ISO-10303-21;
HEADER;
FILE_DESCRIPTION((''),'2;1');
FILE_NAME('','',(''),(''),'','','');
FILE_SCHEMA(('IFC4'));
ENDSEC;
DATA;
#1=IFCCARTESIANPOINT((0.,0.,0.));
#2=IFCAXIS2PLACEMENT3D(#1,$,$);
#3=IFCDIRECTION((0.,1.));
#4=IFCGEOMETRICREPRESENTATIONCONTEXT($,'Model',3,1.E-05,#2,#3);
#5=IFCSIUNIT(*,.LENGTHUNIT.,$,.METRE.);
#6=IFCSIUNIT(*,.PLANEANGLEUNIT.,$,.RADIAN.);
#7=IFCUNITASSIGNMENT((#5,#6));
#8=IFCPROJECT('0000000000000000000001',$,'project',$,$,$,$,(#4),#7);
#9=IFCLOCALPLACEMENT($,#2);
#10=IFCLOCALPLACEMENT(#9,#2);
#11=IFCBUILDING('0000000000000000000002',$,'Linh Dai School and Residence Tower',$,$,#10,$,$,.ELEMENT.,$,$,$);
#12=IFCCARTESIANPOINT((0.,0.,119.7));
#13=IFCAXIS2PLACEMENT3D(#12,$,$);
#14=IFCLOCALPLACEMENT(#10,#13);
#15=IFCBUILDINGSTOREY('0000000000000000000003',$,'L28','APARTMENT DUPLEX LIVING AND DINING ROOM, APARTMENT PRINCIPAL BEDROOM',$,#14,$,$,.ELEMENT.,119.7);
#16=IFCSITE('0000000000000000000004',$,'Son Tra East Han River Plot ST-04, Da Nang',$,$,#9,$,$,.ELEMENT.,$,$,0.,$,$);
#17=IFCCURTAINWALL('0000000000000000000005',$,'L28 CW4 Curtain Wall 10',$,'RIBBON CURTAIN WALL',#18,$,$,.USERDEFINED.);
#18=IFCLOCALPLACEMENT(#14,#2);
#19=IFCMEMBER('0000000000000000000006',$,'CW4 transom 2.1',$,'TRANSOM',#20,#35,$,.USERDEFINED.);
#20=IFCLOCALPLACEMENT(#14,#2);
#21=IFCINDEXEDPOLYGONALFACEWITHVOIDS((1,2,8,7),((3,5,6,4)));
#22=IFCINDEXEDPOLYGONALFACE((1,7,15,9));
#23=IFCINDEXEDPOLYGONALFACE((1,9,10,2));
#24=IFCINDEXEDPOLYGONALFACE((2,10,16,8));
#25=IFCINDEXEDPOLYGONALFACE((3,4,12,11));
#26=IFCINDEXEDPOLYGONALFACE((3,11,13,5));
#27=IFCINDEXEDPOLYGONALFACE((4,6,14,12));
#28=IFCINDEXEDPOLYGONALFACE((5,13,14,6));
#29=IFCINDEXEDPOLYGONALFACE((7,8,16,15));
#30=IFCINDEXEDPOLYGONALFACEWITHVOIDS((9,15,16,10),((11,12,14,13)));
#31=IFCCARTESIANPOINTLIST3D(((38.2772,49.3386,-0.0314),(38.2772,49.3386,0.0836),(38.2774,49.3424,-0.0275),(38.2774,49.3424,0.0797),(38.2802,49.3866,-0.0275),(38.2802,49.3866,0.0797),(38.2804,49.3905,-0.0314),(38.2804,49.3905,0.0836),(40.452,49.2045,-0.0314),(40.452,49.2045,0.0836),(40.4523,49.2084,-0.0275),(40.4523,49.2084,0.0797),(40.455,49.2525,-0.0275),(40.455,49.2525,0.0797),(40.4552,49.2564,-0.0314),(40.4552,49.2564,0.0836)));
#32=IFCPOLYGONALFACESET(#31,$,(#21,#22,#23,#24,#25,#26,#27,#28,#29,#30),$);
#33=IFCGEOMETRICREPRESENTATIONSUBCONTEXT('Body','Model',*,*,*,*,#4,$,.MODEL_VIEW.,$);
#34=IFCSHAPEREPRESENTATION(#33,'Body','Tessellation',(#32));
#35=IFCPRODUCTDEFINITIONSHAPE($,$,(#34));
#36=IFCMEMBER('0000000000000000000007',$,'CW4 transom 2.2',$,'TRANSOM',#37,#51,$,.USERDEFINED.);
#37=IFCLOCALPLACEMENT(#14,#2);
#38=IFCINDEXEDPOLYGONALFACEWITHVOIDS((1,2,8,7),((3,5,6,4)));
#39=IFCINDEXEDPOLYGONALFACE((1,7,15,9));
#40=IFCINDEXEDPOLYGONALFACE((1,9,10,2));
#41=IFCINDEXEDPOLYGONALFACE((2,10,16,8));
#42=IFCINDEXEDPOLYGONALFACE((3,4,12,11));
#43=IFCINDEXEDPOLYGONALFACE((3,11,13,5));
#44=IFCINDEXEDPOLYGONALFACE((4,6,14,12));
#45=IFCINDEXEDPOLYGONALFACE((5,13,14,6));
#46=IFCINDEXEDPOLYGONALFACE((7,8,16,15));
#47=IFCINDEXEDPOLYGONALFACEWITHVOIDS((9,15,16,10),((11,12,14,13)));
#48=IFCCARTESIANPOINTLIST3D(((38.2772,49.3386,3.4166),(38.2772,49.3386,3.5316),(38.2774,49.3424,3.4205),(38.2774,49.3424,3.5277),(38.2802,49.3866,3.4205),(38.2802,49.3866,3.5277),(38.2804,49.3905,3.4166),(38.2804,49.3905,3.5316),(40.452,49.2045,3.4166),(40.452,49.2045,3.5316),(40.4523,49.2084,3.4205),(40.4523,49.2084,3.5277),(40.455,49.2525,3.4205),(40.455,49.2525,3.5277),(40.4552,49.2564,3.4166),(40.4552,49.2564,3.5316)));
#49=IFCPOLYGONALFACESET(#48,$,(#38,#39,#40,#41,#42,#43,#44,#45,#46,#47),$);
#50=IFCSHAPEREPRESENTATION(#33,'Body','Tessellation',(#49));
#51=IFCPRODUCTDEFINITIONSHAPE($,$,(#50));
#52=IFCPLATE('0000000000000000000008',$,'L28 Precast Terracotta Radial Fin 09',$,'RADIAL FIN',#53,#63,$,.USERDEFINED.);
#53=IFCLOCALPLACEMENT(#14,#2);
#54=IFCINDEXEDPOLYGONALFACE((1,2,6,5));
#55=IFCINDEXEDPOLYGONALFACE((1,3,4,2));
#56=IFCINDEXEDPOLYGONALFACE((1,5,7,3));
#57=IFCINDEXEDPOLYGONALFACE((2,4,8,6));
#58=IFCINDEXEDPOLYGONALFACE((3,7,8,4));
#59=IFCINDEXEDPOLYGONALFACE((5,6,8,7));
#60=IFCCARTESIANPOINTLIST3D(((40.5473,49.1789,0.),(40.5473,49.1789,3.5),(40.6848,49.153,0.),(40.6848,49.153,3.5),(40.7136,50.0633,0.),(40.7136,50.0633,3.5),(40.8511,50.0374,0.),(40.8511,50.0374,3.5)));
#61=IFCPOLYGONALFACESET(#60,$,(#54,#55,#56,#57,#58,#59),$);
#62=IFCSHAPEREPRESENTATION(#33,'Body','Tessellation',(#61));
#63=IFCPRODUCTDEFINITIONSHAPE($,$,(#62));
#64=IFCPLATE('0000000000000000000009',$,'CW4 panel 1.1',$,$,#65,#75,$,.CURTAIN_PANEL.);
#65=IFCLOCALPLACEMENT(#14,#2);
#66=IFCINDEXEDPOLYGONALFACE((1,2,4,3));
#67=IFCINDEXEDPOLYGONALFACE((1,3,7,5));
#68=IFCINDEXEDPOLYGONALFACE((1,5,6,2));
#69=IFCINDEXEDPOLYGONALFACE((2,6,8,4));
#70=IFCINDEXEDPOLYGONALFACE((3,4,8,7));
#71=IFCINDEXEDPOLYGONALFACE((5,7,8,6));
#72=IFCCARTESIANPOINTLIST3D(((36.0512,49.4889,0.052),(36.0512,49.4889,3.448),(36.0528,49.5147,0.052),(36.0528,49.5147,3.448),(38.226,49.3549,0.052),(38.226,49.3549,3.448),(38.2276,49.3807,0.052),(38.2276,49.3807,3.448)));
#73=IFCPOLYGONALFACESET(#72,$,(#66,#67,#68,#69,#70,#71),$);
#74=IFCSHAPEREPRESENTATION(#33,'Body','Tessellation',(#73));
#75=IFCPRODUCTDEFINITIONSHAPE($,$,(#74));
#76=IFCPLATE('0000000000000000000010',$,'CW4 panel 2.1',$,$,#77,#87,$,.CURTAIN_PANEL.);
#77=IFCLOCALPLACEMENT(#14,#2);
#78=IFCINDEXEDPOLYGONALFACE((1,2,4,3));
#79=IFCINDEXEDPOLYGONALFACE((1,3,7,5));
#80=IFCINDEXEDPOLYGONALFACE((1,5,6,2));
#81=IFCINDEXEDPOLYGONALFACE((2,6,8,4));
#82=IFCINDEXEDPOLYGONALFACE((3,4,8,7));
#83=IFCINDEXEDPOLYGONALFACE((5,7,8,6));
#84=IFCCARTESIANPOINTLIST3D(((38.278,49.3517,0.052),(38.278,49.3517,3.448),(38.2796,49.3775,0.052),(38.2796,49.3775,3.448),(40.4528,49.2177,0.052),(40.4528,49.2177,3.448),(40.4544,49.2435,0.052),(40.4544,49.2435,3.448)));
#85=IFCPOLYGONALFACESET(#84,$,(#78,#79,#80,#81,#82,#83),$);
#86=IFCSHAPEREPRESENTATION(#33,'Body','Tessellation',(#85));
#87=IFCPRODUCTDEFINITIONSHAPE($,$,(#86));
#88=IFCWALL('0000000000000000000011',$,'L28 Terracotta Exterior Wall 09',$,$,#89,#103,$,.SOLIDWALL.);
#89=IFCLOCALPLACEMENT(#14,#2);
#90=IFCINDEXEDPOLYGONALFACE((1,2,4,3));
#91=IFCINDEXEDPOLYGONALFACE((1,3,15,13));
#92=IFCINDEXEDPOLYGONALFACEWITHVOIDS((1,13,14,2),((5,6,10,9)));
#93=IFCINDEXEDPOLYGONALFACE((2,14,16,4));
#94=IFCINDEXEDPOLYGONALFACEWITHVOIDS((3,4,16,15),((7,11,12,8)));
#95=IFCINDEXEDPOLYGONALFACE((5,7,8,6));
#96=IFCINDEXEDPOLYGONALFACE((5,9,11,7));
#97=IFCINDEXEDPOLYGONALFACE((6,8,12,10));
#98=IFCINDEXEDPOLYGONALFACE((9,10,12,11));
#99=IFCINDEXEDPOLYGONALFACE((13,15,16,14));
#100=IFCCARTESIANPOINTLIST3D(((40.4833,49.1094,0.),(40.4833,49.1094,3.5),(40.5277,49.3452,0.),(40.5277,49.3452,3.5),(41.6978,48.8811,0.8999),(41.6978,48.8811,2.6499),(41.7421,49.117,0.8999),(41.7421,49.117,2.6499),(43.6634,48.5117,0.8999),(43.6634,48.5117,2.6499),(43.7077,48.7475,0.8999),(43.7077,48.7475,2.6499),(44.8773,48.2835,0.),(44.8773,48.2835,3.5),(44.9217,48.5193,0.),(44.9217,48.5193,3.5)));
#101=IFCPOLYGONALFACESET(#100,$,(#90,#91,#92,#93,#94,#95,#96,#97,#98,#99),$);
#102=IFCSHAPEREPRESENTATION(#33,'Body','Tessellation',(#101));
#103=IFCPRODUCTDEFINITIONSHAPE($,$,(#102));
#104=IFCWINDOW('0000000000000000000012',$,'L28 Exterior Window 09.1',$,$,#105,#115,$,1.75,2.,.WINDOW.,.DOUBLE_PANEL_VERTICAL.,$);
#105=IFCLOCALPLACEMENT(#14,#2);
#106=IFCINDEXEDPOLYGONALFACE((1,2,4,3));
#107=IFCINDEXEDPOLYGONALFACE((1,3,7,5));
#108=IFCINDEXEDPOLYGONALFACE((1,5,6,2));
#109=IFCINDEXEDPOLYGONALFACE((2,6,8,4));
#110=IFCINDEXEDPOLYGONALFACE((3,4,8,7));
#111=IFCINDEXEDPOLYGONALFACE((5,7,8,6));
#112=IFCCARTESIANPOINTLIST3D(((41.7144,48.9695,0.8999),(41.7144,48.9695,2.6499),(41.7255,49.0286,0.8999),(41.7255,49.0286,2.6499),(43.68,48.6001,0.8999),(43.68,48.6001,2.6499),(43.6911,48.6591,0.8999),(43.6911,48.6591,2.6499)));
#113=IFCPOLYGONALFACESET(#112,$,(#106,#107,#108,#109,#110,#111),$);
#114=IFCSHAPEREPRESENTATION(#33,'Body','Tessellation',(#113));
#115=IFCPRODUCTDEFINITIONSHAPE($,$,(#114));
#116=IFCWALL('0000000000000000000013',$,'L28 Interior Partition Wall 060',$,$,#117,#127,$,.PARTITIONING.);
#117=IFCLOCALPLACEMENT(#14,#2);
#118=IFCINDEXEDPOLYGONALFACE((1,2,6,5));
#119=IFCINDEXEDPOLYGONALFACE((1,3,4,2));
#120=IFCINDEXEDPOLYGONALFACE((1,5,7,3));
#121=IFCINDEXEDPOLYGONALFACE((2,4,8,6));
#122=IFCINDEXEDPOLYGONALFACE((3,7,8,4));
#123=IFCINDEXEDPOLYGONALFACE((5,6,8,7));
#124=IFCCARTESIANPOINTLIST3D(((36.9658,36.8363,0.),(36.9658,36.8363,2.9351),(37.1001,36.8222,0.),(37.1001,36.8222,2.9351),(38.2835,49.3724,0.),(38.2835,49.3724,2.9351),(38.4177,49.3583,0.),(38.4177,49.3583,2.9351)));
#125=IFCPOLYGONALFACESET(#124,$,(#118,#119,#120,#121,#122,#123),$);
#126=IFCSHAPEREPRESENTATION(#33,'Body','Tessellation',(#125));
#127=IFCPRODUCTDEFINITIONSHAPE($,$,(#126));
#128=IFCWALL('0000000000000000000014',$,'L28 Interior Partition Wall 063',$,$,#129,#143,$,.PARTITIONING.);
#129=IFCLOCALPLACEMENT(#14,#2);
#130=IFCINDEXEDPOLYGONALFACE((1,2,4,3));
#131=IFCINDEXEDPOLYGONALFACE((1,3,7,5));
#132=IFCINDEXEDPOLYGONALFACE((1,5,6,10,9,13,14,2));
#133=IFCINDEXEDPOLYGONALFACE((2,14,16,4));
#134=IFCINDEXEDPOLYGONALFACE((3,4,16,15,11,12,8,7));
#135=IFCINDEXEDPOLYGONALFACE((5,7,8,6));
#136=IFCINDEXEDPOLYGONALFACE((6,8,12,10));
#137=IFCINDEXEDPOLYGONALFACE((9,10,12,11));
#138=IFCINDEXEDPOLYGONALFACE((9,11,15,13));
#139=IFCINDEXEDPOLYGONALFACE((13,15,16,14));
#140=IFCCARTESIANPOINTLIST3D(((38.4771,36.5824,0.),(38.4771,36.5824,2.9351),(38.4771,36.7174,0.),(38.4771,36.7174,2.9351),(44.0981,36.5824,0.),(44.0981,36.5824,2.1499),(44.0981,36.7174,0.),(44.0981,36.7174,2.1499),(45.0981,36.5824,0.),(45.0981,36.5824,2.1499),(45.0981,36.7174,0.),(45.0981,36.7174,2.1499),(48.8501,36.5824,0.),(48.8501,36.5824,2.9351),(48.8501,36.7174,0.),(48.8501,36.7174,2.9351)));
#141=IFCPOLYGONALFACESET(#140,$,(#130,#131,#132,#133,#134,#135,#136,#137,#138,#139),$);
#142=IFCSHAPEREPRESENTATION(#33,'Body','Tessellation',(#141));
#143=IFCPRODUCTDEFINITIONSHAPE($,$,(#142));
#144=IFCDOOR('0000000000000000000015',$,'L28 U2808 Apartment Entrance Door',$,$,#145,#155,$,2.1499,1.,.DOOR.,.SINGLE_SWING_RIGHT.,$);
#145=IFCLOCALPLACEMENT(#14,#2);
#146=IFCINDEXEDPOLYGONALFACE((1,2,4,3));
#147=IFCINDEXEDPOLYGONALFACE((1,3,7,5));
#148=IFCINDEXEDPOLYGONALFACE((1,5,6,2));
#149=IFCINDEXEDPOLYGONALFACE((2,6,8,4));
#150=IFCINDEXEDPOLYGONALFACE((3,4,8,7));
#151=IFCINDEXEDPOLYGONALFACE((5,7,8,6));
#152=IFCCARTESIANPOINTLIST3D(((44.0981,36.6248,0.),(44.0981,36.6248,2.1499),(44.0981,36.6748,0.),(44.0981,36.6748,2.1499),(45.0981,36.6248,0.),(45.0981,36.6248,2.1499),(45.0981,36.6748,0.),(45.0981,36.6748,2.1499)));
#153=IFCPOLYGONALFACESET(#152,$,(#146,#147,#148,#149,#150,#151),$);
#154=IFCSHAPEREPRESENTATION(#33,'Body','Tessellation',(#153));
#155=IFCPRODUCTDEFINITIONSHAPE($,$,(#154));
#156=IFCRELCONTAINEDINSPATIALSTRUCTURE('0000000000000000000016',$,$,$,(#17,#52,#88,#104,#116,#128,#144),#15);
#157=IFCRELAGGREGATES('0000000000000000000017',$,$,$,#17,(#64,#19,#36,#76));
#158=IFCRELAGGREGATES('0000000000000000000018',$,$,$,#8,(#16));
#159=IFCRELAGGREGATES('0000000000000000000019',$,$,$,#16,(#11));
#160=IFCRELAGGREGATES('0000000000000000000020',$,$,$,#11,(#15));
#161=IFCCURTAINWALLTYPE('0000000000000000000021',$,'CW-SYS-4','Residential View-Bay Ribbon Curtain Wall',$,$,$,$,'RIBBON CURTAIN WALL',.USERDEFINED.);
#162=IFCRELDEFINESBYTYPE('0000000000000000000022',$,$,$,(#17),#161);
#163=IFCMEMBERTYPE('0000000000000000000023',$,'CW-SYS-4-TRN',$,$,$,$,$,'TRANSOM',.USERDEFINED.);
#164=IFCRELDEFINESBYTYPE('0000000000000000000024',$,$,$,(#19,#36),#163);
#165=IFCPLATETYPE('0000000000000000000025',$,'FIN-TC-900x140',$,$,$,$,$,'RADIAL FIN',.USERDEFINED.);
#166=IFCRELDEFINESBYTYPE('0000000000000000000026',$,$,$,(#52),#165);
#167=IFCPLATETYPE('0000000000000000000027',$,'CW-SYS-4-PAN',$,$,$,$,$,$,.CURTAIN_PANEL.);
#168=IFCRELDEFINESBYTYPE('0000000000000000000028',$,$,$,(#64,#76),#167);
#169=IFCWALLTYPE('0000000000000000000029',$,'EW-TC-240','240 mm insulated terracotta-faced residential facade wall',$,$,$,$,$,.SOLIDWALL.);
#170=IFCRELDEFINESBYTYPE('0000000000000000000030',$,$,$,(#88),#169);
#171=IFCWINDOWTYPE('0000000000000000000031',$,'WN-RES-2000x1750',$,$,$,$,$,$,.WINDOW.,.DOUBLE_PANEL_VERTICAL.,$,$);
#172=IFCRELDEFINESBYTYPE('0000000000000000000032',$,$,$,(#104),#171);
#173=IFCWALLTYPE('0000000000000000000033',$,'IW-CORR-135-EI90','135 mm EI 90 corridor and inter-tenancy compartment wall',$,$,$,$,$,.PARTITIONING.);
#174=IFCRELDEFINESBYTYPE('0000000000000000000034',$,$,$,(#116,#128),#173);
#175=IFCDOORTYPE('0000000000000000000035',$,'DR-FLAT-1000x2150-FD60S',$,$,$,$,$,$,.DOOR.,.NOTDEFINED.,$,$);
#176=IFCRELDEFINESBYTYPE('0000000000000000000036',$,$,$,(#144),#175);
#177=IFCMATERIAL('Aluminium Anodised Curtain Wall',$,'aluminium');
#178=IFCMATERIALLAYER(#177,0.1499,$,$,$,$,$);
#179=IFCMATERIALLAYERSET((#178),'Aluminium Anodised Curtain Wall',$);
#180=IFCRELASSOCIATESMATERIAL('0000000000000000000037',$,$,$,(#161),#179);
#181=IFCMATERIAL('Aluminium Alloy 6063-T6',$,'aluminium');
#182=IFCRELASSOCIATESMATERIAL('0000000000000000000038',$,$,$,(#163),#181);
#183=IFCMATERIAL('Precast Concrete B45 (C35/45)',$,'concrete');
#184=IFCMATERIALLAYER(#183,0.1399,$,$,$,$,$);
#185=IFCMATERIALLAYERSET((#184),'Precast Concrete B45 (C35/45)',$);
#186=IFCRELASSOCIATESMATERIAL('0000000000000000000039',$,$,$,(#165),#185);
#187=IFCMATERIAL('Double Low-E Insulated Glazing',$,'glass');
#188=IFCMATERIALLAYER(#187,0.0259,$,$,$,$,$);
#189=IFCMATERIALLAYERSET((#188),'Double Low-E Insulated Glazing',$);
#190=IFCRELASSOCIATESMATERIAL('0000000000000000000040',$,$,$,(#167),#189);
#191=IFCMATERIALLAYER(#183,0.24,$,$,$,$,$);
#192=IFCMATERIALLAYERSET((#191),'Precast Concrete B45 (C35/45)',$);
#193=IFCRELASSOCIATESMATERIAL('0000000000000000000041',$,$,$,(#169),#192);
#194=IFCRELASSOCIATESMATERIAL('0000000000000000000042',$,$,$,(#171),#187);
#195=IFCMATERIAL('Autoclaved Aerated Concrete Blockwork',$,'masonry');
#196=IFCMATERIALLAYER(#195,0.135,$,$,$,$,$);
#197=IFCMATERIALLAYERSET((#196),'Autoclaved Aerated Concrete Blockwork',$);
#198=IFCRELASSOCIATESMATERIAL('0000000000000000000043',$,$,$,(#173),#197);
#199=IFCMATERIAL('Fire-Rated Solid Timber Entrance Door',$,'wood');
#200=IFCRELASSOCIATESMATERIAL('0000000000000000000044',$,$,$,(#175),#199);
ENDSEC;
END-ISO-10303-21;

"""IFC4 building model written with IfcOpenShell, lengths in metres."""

from ifc_helpers import new_model, si_unit, direction, frame, frame_2d, origin, origin_2d, place, context, subcontext, project, spatial, rectangle, hollow_rectangle, extrude, source, transform, mapped, material, layer, layer_set, material_profile, profile_set, type_object, element, fill, aggregate, save


model = new_model("IFC4")

# Units and contexts
model_context = context("Model", 3, precision=1e-05, world=origin(), true_north=direction((0.0, 1.0)))
body_context = subcontext(model_context, "Body", "Model", "MODEL_VIEW")
ifc_project = project(units=[si_unit("LENGTHUNIT", "METRE"), si_unit("PLANEANGLEUNIT", "RADIAN")], contexts=[model_context])

# Site, building, storey
site_placement = place(None, origin())
site = spatial("IfcSite", under=ifc_project, at=site_placement, Name="Son Tra East Han River Plot ST-04, Da Nang", CompositionType="ELEMENT", RefElevation=0.0)
building_placement = place(site_placement, origin())
building = spatial("IfcBuilding", under=site, at=building_placement, Name="Linh Dai School and Residence Tower", CompositionType="ELEMENT")
storey_placement = place(building_placement, frame((0.0, 0.0, 119.7)))
storey = spatial("IfcBuildingStorey", under=building, at=storey_placement, Name="L28", Description="APARTMENT DUPLEX LIVING AND DINING ROOM, APARTMENT PRINCIPAL BEDROOM", CompositionType="ELEMENT", Elevation=119.7)

# Curtain wall, members
ifc_material_1 = material(Name="Aluminium Anodised Curtain Wall", Category="aluminium")
ifc_layer_1 = layer(ifc_material_1, 0.1499)
ifc_layer_set_1 = layer_set([ifc_layer_1], Name="Aluminium Anodised Curtain Wall")
curtain_wall_type = type_object("IfcCurtainWallType", Name="CW-SYS-4", Description="Residential View-Bay Ribbon Curtain Wall", ElementType="RIBBON CURTAIN WALL", PredefinedType="USERDEFINED", material=ifc_layer_set_1)
curtain_wall_placement = place(storey_placement, origin())
curtain_wall = element("IfcCurtainWall", 1, at=curtain_wall_placement, inside=storey, type_object=curtain_wall_type, Name="L28 CW4 Curtain Wall 10", ObjectType="RIBBON CURTAIN WALL", PredefinedType="USERDEFINED")
ifc_material_2 = material(Name="Aluminium Alloy 6063-T6", Category="aluminium")
ifc_material_profile_1 = material_profile(ifc_material_2, hollow_rectangle(XDim=0.052, YDim=0.115, WallThickness=0.0039, at=origin_2d()), Name="RHS 115x52x4")
ifc_profile_set_1 = profile_set([ifc_material_profile_1], Name="Aluminium Alloy 6063-T6")
member_type_1 = type_object("IfcMemberType", Name="CW-SYS-4-TRN", ElementType="TRANSOM", PredefinedType="USERDEFINED", material=ifc_profile_set_1)
shared_shape_1 = source(origin(), body_context, "Body", "SweptSolid", [
    extrude(hollow_rectangle(XDim=0.052, YDim=0.115, WallThickness=0.0039, at=origin_2d()), origin(), (0.0, 0.0, 1.0), 2.179),
])
member_1_placement = place(storey_placement, frame((38.2788, 49.3645, 0.0261), z_axis=(0.998106, -0.061513, 0.0), x_axis=(0.061513, 0.998106, 0.0)))
member_1 = element("IfcMember", 2, at=member_1_placement, type_object=member_type_1, Name="CW4 transom 2.1", ObjectType="TRANSOM", PredefinedType="USERDEFINED", context=body_context, shape_type="MappedRepresentation", body=[
    mapped(shared_shape_1, transform((0.0, 0.0, 0.0), x_axis=(1.0, 0.0, 0.0), y_axis=(0.0, 1.0, 0.0), z_axis=(0.0, 0.0, 1.0), scale=1.0)),
])
member_2_placement = place(storey_placement, frame((38.2788, 49.3645, 3.4741), z_axis=(0.998106, -0.061513, 0.0), x_axis=(0.061513, 0.998106, 0.0)))
member_2 = element("IfcMember", 3, at=member_2_placement, type_object=member_type_1, Name="CW4 transom 2.2", ObjectType="TRANSOM", PredefinedType="USERDEFINED", context=body_context, shape_type="MappedRepresentation", body=[
    mapped(shared_shape_1, transform((0.0, 0.0, 0.0), x_axis=(1.0, 0.0, 0.0), y_axis=(0.0, 1.0, 0.0), z_axis=(0.0, 0.0, 1.0), scale=1.0)),
])

# Plates
ifc_material_3 = material(Name="Precast Concrete B45 (C35/45)", Category="concrete")
ifc_layer_2 = layer(ifc_material_3, 0.1399)
ifc_layer_set_2 = layer_set([ifc_layer_2], Name="Precast Concrete B45 (C35/45)")
plate_type_1 = type_object("IfcPlateType", Name="FIN-TC-900x140", ElementType="RADIAL FIN", PredefinedType="USERDEFINED", material=ifc_layer_set_2)
shared_shape_2 = source(origin(), body_context, "Body", "SweptSolid", [
    extrude(rectangle(XDim=0.8999, YDim=0.1399, at=origin_2d()), origin(), (0.0, 0.0, 1.0), 3.5),
])
plate_1_placement = place(storey_placement, frame((40.6992, 49.6082, 0.0), z_axis=(0.0, 0.0, 1.0), x_axis=(0.184755, 0.982785, 0.0)))
element("IfcPlate", 4, at=plate_1_placement, inside=storey, type_object=plate_type_1, Name="L28 Precast Terracotta Radial Fin 09", ObjectType="RADIAL FIN", PredefinedType="USERDEFINED", context=body_context, shape_type="MappedRepresentation", body=[
    mapped(shared_shape_2, transform((0.0, 0.0, 0.0), x_axis=(1.0, 0.0, 0.0), y_axis=(0.0, 1.0, 0.0), z_axis=(0.0, 0.0, 1.0), scale=1.0)),
])
ifc_material_4 = material(Name="Double Low-E Insulated Glazing", Category="glass")
ifc_layer_3 = layer(ifc_material_4, 0.0259)
ifc_layer_set_3 = layer_set([ifc_layer_3], Name="Double Low-E Insulated Glazing")
plate_type_2 = type_object("IfcPlateType", Name="CW-SYS-4-PAN", PredefinedType="CURTAIN_PANEL", material=ifc_layer_set_3)
shared_shape_3 = source(origin(), body_context, "Body", "SweptSolid", [
    extrude(rectangle(XDim=2.179, YDim=0.0259, at=origin_2d()), origin(), (0.0, 0.0, 1.0), 3.396),
])
plate_2_placement = place(storey_placement, frame((37.1394, 49.4348, 0.052), z_axis=(0.0, 0.0, 1.0), x_axis=(0.998107, -0.061509, 0.0)))
plate_2 = element("IfcPlate", 5, at=plate_2_placement, type_object=plate_type_2, Name="CW4 panel 1.1", PredefinedType="CURTAIN_PANEL", context=body_context, shape_type="MappedRepresentation", body=[
    mapped(shared_shape_3, transform((0.0, 0.0, 0.0), x_axis=(1.0, 0.0, 0.0), y_axis=(0.0, 1.0, 0.0), z_axis=(0.0, 0.0, 1.0), scale=1.0)),
])
plate_3_placement = place(storey_placement, frame((39.3662, 49.2976, 0.052), z_axis=(0.0, 0.0, 1.0), x_axis=(0.998107, -0.061509, 0.0)))
plate_3 = element("IfcPlate", 6, at=plate_3_placement, type_object=plate_type_2, Name="CW4 panel 2.1", PredefinedType="CURTAIN_PANEL", context=body_context, shape_type="MappedRepresentation", body=[
    mapped(shared_shape_3, transform((0.0, 0.0, 0.0), x_axis=(1.0, 0.0, 0.0), y_axis=(0.0, 1.0, 0.0), z_axis=(0.0, 0.0, 1.0), scale=1.0)),
])
aggregate(curtain_wall, [plate_2, member_1, member_2, plate_3])

# Wall, opening, window
ifc_layer_4 = layer(ifc_material_3, 0.24)
ifc_layer_set_4 = layer_set([ifc_layer_4], Name="Precast Concrete B45 (C35/45)")
wall_type_1 = type_object("IfcWallType", Name="EW-TC-240", Description="240 mm insulated terracotta-faced residential facade wall", PredefinedType="SOLIDWALL", material=ifc_layer_set_4)
wall_1_placement = place(storey_placement, frame((40.5056, 49.2273, 0.0), z_axis=(0.0, 0.0, 1.0), x_axis=(0.982789, -0.18473, 0.0)))
wall_1 = element("IfcWall", 7, at=wall_1_placement, inside=storey, type_object=wall_type_1, Name="L28 Terracotta Exterior Wall 09", PredefinedType="SOLIDWALL", context=body_context, shape_type="SweptSolid", body=[
    extrude(rectangle(XDim=4.4709, YDim=0.24, at=frame_2d((2.2354, 0.0))), origin(), (0.0, 0.0, 1.0), 3.5),
])
opening_1_placement = place(wall_1_placement, frame((1.2356, 0.0, 0.8999)))
opening_1 = element("IfcOpeningElement", 8, at=opening_1_placement, cuts=wall_1, PredefinedType="OPENING", context=body_context, shape_type="SweptSolid", body=[
    extrude(rectangle(XDim=2.0, YDim=1.75, at=origin_2d()), frame((1.0, 0.1299, 0.875), z_axis=(0.0, -1.0, 0.0), x_axis=(1.0, 0.0, 0.0)), (0.0, 0.0, 1.0), 0.26),
])
window_type = type_object("IfcWindowType", Name="WN-RES-2000x1750", PartitioningType="DOUBLE_PANEL_VERTICAL", PredefinedType="WINDOW", material=ifc_material_4)
shared_shape_4 = source(origin(), body_context, "Body", "SweptSolid", [
    extrude(rectangle(XDim=2.0, YDim=1.75, at=origin_2d()), frame((1.0, 0.03, 0.875), z_axis=(0.0, -1.0, 0.0), x_axis=(1.0, 0.0, 0.0)), (0.0, 0.0, 1.0), 0.0601),
])
window_placement = place(opening_1_placement, origin())
window = element("IfcWindow", 9, at=window_placement, inside=storey, type_object=window_type, Name="L28 Exterior Window 09.1", OverallHeight=1.75, OverallWidth=2.0, PartitioningType="DOUBLE_PANEL_VERTICAL", PredefinedType="WINDOW", context=body_context, shape_type="MappedRepresentation", body=[
    mapped(shared_shape_4, transform((0.0, 0.0, 0.0), x_axis=(1.0, 0.0, 0.0), y_axis=(0.0, 1.0, 0.0), z_axis=(0.0, 0.0, 1.0), scale=1.0)),
])
fill(opening_1, window)

# Wall
ifc_material_5 = material(Name="Autoclaved Aerated Concrete Blockwork", Category="masonry")
ifc_layer_5 = layer(ifc_material_5, 0.135)
ifc_layer_set_5 = layer_set([ifc_layer_5], Name="Autoclaved Aerated Concrete Blockwork")
wall_type_2 = type_object("IfcWallType", Name="IW-CORR-135-EI90", Description="135 mm EI 90 corridor and inter-tenancy compartment wall", PredefinedType="PARTITIONING", material=ifc_layer_set_5)
wall_2_placement = place(storey_placement, frame((37.033, 36.8291, 0.0), z_axis=(0.0, 0.0, 1.0), x_axis=(0.104531, 0.994522, 0.0)))
element("IfcWall", 10, at=wall_2_placement, inside=storey, type_object=wall_type_2, Name="L28 Interior Partition Wall 060", PredefinedType="PARTITIONING", context=body_context, shape_type="SweptSolid", body=[
    extrude(rectangle(XDim=12.6052, YDim=0.135, at=frame_2d((6.3027, 0.0))), origin(), (0.0, 0.0, 1.0), 2.9351),
])

# Wall, opening, door
wall_3_placement = place(storey_placement, frame((38.4771, 36.6499, 0.0), z_axis=(0.0, 0.0, 1.0), x_axis=(1.0, 0.0, 0.0)))
wall_3 = element("IfcWall", 11, at=wall_3_placement, inside=storey, type_object=wall_type_2, Name="L28 Interior Partition Wall 063", PredefinedType="PARTITIONING", context=body_context, shape_type="SweptSolid", body=[
    extrude(rectangle(XDim=10.373, YDim=0.135, at=frame_2d((5.1865, 0.0))), origin(), (0.0, 0.0, 1.0), 2.9351),
])
opening_2_placement = place(wall_3_placement, frame((5.6211, 0.0, 0.0)))
opening_2 = element("IfcOpeningElement", 12, at=opening_2_placement, cuts=wall_3, PredefinedType="OPENING", context=body_context, shape_type="SweptSolid", body=[
    extrude(rectangle(XDim=1.0, YDim=2.1499, at=origin_2d()), frame((0.5, 0.0776, 1.075), z_axis=(0.0, -1.0, 0.0), x_axis=(1.0, 0.0, 0.0)), (0.0, 0.0, 1.0), 0.155),
])
ifc_material_6 = material(Name="Fire-Rated Solid Timber Entrance Door", Category="wood")
door_type_1 = type_object("IfcDoorType", Name="DR-FLAT-1000x2150-FD60S", OperationType="NOTDEFINED", PredefinedType="DOOR", material=ifc_material_6)
shared_shape_5 = source(origin(), body_context, "Body", "SweptSolid", [
    extrude(rectangle(XDim=1.0, YDim=2.1499, at=origin_2d()), frame((0.5, 0.0249, 1.075), z_axis=(0.0, -1.0, 0.0), x_axis=(1.0, 0.0, 0.0)), (0.0, 0.0, 1.0), 0.05),
])
door_1_placement = place(opening_2_placement, origin())
door_1 = element("IfcDoor", 13, at=door_1_placement, inside=storey, type_object=door_type_1, Name="L28 U2808 Apartment Entrance Door", OperationType="SINGLE_SWING_RIGHT", OverallHeight=2.1499, OverallWidth=1.0, PredefinedType="DOOR", context=body_context, shape_type="MappedRepresentation", body=[
    mapped(shared_shape_5, transform((0.0, 0.0, 0.0), x_axis=(1.0, 0.0, 0.0), y_axis=(0.0, 1.0, 0.0), z_axis=(0.0, 0.0, 1.0), scale=1.0)),
])
fill(opening_2, door_1)

save(model, "model.ifc")
